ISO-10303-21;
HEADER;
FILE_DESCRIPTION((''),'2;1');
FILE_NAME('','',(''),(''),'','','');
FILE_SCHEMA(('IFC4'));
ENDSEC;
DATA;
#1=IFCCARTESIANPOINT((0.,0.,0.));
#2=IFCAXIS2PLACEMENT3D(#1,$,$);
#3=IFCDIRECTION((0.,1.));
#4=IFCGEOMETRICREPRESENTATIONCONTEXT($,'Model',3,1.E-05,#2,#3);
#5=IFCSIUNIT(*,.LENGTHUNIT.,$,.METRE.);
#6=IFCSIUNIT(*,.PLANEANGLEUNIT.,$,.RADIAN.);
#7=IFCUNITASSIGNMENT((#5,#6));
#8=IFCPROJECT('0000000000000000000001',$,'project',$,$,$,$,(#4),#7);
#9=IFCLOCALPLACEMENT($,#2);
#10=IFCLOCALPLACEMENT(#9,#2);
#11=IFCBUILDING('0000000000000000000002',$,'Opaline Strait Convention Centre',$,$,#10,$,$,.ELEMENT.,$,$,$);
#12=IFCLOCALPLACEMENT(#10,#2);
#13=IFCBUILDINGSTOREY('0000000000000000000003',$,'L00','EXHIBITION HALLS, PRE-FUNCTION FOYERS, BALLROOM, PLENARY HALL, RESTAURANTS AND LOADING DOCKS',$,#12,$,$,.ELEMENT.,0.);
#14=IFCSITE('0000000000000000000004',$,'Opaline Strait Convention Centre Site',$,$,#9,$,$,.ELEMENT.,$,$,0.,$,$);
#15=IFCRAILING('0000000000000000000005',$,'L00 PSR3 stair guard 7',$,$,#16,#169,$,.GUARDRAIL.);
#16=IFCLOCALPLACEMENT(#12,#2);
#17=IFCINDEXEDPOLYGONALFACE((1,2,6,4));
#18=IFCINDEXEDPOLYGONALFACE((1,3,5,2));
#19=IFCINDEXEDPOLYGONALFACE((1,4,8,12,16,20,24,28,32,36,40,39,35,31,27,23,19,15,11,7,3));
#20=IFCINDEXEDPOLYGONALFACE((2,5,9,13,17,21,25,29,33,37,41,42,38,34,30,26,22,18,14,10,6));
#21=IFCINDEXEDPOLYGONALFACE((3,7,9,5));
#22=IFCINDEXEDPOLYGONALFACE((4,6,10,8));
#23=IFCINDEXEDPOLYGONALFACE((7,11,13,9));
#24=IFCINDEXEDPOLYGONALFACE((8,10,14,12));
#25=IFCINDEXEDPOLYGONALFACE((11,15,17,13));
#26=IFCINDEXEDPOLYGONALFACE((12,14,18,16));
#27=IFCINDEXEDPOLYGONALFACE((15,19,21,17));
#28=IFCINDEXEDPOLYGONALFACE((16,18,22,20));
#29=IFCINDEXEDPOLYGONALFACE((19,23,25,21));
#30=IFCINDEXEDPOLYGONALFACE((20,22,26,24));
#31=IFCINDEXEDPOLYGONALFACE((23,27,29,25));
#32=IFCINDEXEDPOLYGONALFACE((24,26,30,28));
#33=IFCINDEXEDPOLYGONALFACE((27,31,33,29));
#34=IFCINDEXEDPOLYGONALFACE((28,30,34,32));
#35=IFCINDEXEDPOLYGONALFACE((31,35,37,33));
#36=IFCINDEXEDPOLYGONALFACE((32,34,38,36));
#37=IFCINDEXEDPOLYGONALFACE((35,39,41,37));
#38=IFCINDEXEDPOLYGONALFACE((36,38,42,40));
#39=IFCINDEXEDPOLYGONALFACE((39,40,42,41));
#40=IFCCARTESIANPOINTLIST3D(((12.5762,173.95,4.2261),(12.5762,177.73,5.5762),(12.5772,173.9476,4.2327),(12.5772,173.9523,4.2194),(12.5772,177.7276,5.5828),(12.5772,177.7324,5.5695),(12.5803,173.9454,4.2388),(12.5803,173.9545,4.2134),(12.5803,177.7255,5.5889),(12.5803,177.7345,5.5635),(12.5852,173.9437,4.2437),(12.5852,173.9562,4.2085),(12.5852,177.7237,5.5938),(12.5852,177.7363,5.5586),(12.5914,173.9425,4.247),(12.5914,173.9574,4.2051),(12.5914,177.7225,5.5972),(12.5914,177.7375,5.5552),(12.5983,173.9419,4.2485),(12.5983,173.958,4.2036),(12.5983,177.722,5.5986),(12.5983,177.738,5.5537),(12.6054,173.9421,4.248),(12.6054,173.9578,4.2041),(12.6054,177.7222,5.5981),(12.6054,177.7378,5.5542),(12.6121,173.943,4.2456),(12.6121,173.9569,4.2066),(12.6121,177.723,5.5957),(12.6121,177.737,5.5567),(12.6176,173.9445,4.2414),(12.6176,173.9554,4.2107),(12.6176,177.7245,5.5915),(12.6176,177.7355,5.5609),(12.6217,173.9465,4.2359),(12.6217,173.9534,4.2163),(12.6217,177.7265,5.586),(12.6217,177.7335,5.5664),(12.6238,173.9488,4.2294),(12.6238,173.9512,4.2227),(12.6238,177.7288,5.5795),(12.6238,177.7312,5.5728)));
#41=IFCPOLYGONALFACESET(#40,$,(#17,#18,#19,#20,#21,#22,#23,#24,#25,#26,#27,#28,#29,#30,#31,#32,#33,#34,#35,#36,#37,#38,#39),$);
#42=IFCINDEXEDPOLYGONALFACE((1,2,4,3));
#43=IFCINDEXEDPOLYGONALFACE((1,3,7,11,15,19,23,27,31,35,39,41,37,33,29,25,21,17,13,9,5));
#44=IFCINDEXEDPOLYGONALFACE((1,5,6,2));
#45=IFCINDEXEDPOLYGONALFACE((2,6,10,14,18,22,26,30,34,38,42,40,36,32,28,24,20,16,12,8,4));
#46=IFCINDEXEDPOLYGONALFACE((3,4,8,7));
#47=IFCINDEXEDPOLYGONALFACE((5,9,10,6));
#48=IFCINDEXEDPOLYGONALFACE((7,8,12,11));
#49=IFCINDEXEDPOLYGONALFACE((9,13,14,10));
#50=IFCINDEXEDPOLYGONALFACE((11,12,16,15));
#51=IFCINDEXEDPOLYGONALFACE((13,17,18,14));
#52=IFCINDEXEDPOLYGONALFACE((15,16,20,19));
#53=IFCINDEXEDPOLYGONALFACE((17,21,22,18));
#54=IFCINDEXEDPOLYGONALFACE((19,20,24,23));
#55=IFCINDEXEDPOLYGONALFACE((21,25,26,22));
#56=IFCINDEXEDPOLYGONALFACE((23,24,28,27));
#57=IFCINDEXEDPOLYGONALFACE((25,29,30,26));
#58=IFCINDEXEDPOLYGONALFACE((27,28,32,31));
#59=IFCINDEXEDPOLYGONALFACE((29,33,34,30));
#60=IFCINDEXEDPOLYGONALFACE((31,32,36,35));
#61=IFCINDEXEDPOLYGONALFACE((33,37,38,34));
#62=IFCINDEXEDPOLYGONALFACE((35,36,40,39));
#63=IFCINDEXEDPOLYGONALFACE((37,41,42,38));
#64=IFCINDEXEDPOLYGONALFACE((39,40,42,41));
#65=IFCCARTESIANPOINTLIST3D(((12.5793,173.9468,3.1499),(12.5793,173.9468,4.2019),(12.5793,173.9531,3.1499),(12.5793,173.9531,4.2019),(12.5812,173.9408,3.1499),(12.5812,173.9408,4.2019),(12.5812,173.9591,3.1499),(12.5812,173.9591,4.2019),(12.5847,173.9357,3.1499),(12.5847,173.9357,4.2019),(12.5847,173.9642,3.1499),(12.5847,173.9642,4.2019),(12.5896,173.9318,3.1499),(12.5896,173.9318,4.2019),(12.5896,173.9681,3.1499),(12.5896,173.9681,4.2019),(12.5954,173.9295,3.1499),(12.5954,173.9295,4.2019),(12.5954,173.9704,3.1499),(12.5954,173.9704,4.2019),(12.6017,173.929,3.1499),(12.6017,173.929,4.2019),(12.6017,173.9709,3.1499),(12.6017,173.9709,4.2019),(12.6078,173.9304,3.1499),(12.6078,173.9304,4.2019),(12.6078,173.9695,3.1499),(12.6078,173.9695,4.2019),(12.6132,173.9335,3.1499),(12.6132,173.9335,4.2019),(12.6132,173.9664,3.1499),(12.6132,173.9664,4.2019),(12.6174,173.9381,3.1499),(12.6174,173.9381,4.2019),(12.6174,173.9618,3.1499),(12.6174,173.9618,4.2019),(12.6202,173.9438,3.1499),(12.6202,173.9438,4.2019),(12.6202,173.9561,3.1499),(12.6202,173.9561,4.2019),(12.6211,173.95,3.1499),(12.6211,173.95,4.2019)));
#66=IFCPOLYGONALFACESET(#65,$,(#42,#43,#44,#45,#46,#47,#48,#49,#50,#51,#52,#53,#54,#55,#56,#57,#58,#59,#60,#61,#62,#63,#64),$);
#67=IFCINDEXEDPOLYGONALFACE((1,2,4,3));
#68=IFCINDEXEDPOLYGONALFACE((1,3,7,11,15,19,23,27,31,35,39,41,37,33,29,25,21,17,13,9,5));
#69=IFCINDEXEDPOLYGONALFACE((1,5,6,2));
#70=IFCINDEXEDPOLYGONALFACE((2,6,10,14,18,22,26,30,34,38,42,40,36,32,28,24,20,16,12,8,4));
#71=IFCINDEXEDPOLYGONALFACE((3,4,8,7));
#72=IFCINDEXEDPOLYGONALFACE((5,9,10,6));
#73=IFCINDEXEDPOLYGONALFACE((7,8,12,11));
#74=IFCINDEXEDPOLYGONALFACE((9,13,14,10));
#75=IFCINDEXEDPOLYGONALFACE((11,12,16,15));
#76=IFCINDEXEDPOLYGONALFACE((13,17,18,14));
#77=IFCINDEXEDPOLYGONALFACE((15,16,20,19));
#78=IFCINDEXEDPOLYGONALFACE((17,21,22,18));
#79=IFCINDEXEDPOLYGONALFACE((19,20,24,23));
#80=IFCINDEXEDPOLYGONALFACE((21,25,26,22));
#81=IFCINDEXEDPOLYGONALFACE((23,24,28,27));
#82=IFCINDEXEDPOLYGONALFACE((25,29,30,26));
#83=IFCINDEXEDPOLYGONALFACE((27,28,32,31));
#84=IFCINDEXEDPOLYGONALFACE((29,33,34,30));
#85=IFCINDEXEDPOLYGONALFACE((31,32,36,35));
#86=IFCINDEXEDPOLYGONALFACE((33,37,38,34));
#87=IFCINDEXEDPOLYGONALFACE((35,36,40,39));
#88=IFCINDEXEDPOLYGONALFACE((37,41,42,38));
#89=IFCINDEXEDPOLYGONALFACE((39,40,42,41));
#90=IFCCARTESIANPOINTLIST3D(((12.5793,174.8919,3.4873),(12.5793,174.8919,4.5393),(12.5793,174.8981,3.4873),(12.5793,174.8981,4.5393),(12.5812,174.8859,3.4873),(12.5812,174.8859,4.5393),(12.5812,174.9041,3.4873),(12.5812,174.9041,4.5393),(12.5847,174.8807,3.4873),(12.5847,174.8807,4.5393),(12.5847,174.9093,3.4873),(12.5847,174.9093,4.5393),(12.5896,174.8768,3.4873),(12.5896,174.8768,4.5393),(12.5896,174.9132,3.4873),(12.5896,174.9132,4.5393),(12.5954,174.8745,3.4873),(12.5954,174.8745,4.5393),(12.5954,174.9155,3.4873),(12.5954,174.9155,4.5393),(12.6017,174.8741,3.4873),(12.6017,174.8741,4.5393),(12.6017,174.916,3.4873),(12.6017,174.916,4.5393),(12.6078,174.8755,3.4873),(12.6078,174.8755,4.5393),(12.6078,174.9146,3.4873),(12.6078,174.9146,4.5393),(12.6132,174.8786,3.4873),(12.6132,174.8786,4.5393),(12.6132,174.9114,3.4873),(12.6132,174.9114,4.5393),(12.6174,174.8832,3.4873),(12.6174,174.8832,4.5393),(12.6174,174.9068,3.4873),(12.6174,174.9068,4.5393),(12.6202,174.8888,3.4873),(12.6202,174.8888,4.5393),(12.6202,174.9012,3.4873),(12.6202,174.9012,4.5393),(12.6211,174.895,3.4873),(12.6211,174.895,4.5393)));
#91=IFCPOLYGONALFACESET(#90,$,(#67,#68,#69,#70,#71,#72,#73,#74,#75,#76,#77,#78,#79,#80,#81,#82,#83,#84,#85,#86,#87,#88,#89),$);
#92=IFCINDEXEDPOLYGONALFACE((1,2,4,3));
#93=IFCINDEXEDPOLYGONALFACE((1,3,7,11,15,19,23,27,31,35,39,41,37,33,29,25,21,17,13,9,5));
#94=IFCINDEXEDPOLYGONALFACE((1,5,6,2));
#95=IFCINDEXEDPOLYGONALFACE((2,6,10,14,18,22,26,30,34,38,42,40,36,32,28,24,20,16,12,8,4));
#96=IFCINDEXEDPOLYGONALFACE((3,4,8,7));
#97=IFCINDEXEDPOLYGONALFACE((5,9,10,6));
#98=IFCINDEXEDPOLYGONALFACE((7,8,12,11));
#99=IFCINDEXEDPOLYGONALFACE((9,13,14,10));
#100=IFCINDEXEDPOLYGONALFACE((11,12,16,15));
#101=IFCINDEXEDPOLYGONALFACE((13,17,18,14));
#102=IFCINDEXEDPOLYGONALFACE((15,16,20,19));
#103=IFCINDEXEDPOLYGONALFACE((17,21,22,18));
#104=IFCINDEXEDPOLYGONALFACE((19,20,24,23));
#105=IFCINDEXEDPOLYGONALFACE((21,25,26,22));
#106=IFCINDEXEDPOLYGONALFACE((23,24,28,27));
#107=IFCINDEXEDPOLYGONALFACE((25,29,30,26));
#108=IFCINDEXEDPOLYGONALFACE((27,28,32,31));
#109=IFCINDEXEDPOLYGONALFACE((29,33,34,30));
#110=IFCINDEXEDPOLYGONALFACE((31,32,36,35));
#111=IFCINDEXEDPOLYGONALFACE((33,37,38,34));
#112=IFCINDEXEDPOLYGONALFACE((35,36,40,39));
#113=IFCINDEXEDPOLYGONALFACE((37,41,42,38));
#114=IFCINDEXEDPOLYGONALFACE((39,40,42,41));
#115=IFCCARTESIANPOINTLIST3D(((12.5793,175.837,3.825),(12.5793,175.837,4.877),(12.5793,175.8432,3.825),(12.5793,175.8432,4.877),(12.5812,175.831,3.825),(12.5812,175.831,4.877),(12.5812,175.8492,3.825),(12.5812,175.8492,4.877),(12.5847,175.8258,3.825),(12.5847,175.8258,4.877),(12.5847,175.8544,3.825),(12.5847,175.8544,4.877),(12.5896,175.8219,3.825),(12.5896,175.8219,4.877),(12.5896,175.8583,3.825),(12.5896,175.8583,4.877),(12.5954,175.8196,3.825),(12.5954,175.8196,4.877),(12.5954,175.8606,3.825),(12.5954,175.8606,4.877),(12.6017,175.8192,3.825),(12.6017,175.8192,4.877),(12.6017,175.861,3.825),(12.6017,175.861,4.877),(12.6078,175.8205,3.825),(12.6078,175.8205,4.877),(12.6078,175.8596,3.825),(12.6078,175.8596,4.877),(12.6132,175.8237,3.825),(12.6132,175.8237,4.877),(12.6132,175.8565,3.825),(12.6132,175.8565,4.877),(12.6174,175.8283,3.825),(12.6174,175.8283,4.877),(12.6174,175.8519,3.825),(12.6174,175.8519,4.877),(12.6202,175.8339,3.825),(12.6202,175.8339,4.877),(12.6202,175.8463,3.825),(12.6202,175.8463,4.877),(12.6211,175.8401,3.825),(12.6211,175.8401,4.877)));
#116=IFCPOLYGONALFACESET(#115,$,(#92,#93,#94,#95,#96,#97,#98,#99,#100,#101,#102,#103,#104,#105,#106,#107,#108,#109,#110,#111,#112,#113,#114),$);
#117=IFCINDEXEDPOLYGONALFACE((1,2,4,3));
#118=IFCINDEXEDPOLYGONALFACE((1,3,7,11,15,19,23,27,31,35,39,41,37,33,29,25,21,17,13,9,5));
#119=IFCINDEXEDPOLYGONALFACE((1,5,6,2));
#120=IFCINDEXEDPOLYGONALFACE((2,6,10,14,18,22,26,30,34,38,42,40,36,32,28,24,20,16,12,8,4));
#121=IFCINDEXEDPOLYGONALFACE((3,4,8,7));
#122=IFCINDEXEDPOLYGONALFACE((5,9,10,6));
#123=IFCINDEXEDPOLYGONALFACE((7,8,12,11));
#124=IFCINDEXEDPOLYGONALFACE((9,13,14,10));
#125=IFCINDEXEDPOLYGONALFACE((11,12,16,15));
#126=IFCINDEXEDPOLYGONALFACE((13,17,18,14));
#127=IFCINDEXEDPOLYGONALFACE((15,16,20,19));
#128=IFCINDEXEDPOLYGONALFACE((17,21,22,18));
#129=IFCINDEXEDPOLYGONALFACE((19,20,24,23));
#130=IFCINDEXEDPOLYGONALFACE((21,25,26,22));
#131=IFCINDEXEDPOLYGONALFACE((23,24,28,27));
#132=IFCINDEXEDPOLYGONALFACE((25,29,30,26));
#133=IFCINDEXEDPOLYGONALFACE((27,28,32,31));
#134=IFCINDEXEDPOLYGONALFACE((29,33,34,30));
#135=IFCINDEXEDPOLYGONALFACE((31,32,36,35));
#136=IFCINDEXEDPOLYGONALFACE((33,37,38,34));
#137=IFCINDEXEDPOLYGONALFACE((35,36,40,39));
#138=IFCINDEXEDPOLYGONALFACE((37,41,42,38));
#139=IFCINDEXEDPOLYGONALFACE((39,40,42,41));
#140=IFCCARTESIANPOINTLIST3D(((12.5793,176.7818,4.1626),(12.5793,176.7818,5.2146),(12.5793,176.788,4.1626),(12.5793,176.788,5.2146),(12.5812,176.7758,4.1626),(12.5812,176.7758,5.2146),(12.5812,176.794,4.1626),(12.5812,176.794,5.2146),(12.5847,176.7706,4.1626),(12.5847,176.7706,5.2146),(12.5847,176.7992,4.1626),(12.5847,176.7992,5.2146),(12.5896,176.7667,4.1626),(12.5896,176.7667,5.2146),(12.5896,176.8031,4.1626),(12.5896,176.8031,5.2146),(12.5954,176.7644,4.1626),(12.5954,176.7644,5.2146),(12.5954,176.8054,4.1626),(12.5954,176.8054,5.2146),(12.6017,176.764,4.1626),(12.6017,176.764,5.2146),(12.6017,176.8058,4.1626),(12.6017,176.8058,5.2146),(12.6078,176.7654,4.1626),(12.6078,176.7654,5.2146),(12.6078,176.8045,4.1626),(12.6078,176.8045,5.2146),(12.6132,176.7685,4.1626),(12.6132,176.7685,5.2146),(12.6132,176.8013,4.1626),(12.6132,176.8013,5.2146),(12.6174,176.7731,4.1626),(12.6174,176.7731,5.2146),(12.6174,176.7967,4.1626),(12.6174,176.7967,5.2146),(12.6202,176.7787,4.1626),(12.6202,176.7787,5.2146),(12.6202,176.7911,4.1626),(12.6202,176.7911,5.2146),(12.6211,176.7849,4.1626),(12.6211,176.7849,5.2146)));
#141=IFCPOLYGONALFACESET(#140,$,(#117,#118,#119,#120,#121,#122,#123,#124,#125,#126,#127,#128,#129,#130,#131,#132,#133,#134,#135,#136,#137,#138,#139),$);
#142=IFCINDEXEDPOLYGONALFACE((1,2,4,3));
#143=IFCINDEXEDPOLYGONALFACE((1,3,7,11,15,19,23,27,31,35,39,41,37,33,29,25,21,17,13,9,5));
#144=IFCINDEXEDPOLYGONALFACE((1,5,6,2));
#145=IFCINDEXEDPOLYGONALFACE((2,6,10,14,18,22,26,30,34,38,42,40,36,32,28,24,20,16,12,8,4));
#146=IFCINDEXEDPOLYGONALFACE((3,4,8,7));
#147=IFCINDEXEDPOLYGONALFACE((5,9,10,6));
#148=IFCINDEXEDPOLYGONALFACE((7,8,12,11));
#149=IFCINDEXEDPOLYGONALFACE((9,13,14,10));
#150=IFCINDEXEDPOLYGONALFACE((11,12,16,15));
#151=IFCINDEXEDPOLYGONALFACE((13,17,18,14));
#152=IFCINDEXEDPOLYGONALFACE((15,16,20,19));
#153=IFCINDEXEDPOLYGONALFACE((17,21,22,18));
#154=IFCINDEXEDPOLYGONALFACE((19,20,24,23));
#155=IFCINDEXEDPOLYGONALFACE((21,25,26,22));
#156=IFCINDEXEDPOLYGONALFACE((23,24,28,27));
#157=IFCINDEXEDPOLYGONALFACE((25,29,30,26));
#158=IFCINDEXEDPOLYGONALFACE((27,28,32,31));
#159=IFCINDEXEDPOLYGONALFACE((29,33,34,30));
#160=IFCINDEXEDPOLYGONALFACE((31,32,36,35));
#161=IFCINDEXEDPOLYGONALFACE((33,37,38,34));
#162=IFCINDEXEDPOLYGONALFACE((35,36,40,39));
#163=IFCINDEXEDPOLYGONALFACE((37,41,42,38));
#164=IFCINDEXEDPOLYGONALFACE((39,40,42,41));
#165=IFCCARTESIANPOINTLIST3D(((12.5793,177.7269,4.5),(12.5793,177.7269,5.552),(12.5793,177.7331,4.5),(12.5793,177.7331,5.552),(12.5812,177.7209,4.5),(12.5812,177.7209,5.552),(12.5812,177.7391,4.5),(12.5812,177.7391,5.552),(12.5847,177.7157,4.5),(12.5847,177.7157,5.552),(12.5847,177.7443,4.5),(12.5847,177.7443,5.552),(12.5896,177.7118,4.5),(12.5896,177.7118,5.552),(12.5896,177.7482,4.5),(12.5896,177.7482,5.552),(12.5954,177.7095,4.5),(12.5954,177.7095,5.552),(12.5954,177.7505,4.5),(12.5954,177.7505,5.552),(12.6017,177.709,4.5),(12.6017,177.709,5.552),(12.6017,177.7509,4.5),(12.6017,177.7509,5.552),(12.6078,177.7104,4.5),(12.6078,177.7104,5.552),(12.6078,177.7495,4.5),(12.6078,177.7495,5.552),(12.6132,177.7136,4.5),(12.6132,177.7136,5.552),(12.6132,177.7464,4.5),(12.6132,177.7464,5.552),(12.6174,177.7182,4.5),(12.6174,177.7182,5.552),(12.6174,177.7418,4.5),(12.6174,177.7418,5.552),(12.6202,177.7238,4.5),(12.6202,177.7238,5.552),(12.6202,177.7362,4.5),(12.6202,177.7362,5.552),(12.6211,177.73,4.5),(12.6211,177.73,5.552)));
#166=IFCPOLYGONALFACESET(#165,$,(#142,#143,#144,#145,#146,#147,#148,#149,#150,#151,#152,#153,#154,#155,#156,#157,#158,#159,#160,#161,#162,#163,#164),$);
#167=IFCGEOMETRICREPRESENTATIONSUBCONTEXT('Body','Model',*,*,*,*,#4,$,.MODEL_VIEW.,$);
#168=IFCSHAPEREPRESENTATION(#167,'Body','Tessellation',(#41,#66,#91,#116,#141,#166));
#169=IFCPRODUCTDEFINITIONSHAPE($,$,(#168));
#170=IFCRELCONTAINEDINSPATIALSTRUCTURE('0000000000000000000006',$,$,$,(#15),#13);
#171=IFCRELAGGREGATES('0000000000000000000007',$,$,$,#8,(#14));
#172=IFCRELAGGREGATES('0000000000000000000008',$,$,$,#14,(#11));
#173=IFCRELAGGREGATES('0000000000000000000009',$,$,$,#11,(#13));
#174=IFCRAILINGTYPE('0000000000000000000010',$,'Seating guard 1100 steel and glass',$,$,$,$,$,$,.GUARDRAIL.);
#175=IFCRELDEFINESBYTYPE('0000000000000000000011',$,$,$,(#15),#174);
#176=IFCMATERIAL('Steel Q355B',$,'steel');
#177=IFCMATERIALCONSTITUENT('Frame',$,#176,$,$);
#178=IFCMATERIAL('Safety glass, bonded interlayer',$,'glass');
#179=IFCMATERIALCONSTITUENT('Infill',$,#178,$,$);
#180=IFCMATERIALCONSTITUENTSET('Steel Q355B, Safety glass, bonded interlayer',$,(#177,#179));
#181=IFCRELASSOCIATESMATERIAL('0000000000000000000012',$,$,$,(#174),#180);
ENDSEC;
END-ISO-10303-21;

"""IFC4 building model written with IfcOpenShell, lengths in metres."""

from ifc_helpers import new_model, si_unit, direction, frame, origin, origin_2d, place, context, subcontext, project, spatial, circle, extrude, material, constituent, constituent_set, type_object, element, save


model = new_model("IFC4")

# Units and contexts
model_context = context("Model", 3, precision=1e-05, world=origin(), true_north=direction((0.0, 1.0)))
body_context = subcontext(model_context, "Body", "Model", "MODEL_VIEW")
ifc_project = project(units=[si_unit("LENGTHUNIT", "METRE"), si_unit("PLANEANGLEUNIT", "RADIAN")], contexts=[model_context])

# Site, building, storey
site_placement = place(None, origin())
site = spatial("IfcSite", under=ifc_project, at=site_placement, Name="Opaline Strait Convention Centre Site", CompositionType="ELEMENT", RefElevation=0.0)
building_placement = place(site_placement, origin())
building = spatial("IfcBuilding", under=site, at=building_placement, Name="Opaline Strait Convention Centre", CompositionType="ELEMENT")
storey_placement = place(building_placement, origin())
storey = spatial("IfcBuildingStorey", under=building, at=storey_placement, Name="L00", Description="EXHIBITION HALLS, PRE-FUNCTION FOYERS, BALLROOM, PLENARY HALL, RESTAURANTS AND LOADING DOCKS", CompositionType="ELEMENT", Elevation=0.0)

# Railing
ifc_material_1 = material(Name="Steel Q355B", Category="steel")
ifc_constituent_1 = constituent(ifc_material_1, Name="Frame")
ifc_material_2 = material(Name="Safety glass, bonded interlayer", Category="glass")
ifc_constituent_2 = constituent(ifc_material_2, Name="Infill")
ifc_constituent_set = constituent_set(constituents=[ifc_constituent_1, ifc_constituent_2], Name="Steel Q355B, Safety glass, bonded interlayer")
railing_type_1 = type_object("IfcRailingType", Name="Seating guard 1100 steel and glass", PredefinedType="GUARDRAIL", material=ifc_constituent_set)
railing_1_placement = place(storey_placement, frame((12.6001, 173.95, 3.1499)))
element("IfcRailing", 1, at=railing_1_placement, inside=storey, type_object=railing_type_1, Name="L00 PSR3 stair guard 7", PredefinedType="GUARDRAIL", context=body_context, shape_type="SweptSolid", body=[
    extrude(circle(Radius=0.0239, at=origin_2d()), frame((0.0, 0.0, 1.0762), z_axis=(0.0, 0.941735, 0.336356), x_axis=(-1.0, 0.0, 0.0)), (0.0, 0.0, 1.0), 4.0139),
    extrude(circle(Radius=0.021, at=origin_2d()), origin(), (0.0, 0.0, 1.0), 1.052),
    extrude(circle(Radius=0.021, at=origin_2d()), frame((0.0, 0.9451, 0.3374)), (0.0, 0.0, 1.0), 1.052),
    extrude(circle(Radius=0.021, at=origin_2d()), frame((0.0, 1.8901, 0.675)), (0.0, 0.0, 1.0), 1.052),
    extrude(circle(Radius=0.021, at=origin_2d()), frame((0.0, 2.835, 1.0127)), (0.0, 0.0, 1.0), 1.052),
    extrude(circle(Radius=0.021, at=origin_2d()), frame((0.0, 3.78, 1.3501)), (0.0, 0.0, 1.0), 1.052),
])

save(model, "model.ifc")
